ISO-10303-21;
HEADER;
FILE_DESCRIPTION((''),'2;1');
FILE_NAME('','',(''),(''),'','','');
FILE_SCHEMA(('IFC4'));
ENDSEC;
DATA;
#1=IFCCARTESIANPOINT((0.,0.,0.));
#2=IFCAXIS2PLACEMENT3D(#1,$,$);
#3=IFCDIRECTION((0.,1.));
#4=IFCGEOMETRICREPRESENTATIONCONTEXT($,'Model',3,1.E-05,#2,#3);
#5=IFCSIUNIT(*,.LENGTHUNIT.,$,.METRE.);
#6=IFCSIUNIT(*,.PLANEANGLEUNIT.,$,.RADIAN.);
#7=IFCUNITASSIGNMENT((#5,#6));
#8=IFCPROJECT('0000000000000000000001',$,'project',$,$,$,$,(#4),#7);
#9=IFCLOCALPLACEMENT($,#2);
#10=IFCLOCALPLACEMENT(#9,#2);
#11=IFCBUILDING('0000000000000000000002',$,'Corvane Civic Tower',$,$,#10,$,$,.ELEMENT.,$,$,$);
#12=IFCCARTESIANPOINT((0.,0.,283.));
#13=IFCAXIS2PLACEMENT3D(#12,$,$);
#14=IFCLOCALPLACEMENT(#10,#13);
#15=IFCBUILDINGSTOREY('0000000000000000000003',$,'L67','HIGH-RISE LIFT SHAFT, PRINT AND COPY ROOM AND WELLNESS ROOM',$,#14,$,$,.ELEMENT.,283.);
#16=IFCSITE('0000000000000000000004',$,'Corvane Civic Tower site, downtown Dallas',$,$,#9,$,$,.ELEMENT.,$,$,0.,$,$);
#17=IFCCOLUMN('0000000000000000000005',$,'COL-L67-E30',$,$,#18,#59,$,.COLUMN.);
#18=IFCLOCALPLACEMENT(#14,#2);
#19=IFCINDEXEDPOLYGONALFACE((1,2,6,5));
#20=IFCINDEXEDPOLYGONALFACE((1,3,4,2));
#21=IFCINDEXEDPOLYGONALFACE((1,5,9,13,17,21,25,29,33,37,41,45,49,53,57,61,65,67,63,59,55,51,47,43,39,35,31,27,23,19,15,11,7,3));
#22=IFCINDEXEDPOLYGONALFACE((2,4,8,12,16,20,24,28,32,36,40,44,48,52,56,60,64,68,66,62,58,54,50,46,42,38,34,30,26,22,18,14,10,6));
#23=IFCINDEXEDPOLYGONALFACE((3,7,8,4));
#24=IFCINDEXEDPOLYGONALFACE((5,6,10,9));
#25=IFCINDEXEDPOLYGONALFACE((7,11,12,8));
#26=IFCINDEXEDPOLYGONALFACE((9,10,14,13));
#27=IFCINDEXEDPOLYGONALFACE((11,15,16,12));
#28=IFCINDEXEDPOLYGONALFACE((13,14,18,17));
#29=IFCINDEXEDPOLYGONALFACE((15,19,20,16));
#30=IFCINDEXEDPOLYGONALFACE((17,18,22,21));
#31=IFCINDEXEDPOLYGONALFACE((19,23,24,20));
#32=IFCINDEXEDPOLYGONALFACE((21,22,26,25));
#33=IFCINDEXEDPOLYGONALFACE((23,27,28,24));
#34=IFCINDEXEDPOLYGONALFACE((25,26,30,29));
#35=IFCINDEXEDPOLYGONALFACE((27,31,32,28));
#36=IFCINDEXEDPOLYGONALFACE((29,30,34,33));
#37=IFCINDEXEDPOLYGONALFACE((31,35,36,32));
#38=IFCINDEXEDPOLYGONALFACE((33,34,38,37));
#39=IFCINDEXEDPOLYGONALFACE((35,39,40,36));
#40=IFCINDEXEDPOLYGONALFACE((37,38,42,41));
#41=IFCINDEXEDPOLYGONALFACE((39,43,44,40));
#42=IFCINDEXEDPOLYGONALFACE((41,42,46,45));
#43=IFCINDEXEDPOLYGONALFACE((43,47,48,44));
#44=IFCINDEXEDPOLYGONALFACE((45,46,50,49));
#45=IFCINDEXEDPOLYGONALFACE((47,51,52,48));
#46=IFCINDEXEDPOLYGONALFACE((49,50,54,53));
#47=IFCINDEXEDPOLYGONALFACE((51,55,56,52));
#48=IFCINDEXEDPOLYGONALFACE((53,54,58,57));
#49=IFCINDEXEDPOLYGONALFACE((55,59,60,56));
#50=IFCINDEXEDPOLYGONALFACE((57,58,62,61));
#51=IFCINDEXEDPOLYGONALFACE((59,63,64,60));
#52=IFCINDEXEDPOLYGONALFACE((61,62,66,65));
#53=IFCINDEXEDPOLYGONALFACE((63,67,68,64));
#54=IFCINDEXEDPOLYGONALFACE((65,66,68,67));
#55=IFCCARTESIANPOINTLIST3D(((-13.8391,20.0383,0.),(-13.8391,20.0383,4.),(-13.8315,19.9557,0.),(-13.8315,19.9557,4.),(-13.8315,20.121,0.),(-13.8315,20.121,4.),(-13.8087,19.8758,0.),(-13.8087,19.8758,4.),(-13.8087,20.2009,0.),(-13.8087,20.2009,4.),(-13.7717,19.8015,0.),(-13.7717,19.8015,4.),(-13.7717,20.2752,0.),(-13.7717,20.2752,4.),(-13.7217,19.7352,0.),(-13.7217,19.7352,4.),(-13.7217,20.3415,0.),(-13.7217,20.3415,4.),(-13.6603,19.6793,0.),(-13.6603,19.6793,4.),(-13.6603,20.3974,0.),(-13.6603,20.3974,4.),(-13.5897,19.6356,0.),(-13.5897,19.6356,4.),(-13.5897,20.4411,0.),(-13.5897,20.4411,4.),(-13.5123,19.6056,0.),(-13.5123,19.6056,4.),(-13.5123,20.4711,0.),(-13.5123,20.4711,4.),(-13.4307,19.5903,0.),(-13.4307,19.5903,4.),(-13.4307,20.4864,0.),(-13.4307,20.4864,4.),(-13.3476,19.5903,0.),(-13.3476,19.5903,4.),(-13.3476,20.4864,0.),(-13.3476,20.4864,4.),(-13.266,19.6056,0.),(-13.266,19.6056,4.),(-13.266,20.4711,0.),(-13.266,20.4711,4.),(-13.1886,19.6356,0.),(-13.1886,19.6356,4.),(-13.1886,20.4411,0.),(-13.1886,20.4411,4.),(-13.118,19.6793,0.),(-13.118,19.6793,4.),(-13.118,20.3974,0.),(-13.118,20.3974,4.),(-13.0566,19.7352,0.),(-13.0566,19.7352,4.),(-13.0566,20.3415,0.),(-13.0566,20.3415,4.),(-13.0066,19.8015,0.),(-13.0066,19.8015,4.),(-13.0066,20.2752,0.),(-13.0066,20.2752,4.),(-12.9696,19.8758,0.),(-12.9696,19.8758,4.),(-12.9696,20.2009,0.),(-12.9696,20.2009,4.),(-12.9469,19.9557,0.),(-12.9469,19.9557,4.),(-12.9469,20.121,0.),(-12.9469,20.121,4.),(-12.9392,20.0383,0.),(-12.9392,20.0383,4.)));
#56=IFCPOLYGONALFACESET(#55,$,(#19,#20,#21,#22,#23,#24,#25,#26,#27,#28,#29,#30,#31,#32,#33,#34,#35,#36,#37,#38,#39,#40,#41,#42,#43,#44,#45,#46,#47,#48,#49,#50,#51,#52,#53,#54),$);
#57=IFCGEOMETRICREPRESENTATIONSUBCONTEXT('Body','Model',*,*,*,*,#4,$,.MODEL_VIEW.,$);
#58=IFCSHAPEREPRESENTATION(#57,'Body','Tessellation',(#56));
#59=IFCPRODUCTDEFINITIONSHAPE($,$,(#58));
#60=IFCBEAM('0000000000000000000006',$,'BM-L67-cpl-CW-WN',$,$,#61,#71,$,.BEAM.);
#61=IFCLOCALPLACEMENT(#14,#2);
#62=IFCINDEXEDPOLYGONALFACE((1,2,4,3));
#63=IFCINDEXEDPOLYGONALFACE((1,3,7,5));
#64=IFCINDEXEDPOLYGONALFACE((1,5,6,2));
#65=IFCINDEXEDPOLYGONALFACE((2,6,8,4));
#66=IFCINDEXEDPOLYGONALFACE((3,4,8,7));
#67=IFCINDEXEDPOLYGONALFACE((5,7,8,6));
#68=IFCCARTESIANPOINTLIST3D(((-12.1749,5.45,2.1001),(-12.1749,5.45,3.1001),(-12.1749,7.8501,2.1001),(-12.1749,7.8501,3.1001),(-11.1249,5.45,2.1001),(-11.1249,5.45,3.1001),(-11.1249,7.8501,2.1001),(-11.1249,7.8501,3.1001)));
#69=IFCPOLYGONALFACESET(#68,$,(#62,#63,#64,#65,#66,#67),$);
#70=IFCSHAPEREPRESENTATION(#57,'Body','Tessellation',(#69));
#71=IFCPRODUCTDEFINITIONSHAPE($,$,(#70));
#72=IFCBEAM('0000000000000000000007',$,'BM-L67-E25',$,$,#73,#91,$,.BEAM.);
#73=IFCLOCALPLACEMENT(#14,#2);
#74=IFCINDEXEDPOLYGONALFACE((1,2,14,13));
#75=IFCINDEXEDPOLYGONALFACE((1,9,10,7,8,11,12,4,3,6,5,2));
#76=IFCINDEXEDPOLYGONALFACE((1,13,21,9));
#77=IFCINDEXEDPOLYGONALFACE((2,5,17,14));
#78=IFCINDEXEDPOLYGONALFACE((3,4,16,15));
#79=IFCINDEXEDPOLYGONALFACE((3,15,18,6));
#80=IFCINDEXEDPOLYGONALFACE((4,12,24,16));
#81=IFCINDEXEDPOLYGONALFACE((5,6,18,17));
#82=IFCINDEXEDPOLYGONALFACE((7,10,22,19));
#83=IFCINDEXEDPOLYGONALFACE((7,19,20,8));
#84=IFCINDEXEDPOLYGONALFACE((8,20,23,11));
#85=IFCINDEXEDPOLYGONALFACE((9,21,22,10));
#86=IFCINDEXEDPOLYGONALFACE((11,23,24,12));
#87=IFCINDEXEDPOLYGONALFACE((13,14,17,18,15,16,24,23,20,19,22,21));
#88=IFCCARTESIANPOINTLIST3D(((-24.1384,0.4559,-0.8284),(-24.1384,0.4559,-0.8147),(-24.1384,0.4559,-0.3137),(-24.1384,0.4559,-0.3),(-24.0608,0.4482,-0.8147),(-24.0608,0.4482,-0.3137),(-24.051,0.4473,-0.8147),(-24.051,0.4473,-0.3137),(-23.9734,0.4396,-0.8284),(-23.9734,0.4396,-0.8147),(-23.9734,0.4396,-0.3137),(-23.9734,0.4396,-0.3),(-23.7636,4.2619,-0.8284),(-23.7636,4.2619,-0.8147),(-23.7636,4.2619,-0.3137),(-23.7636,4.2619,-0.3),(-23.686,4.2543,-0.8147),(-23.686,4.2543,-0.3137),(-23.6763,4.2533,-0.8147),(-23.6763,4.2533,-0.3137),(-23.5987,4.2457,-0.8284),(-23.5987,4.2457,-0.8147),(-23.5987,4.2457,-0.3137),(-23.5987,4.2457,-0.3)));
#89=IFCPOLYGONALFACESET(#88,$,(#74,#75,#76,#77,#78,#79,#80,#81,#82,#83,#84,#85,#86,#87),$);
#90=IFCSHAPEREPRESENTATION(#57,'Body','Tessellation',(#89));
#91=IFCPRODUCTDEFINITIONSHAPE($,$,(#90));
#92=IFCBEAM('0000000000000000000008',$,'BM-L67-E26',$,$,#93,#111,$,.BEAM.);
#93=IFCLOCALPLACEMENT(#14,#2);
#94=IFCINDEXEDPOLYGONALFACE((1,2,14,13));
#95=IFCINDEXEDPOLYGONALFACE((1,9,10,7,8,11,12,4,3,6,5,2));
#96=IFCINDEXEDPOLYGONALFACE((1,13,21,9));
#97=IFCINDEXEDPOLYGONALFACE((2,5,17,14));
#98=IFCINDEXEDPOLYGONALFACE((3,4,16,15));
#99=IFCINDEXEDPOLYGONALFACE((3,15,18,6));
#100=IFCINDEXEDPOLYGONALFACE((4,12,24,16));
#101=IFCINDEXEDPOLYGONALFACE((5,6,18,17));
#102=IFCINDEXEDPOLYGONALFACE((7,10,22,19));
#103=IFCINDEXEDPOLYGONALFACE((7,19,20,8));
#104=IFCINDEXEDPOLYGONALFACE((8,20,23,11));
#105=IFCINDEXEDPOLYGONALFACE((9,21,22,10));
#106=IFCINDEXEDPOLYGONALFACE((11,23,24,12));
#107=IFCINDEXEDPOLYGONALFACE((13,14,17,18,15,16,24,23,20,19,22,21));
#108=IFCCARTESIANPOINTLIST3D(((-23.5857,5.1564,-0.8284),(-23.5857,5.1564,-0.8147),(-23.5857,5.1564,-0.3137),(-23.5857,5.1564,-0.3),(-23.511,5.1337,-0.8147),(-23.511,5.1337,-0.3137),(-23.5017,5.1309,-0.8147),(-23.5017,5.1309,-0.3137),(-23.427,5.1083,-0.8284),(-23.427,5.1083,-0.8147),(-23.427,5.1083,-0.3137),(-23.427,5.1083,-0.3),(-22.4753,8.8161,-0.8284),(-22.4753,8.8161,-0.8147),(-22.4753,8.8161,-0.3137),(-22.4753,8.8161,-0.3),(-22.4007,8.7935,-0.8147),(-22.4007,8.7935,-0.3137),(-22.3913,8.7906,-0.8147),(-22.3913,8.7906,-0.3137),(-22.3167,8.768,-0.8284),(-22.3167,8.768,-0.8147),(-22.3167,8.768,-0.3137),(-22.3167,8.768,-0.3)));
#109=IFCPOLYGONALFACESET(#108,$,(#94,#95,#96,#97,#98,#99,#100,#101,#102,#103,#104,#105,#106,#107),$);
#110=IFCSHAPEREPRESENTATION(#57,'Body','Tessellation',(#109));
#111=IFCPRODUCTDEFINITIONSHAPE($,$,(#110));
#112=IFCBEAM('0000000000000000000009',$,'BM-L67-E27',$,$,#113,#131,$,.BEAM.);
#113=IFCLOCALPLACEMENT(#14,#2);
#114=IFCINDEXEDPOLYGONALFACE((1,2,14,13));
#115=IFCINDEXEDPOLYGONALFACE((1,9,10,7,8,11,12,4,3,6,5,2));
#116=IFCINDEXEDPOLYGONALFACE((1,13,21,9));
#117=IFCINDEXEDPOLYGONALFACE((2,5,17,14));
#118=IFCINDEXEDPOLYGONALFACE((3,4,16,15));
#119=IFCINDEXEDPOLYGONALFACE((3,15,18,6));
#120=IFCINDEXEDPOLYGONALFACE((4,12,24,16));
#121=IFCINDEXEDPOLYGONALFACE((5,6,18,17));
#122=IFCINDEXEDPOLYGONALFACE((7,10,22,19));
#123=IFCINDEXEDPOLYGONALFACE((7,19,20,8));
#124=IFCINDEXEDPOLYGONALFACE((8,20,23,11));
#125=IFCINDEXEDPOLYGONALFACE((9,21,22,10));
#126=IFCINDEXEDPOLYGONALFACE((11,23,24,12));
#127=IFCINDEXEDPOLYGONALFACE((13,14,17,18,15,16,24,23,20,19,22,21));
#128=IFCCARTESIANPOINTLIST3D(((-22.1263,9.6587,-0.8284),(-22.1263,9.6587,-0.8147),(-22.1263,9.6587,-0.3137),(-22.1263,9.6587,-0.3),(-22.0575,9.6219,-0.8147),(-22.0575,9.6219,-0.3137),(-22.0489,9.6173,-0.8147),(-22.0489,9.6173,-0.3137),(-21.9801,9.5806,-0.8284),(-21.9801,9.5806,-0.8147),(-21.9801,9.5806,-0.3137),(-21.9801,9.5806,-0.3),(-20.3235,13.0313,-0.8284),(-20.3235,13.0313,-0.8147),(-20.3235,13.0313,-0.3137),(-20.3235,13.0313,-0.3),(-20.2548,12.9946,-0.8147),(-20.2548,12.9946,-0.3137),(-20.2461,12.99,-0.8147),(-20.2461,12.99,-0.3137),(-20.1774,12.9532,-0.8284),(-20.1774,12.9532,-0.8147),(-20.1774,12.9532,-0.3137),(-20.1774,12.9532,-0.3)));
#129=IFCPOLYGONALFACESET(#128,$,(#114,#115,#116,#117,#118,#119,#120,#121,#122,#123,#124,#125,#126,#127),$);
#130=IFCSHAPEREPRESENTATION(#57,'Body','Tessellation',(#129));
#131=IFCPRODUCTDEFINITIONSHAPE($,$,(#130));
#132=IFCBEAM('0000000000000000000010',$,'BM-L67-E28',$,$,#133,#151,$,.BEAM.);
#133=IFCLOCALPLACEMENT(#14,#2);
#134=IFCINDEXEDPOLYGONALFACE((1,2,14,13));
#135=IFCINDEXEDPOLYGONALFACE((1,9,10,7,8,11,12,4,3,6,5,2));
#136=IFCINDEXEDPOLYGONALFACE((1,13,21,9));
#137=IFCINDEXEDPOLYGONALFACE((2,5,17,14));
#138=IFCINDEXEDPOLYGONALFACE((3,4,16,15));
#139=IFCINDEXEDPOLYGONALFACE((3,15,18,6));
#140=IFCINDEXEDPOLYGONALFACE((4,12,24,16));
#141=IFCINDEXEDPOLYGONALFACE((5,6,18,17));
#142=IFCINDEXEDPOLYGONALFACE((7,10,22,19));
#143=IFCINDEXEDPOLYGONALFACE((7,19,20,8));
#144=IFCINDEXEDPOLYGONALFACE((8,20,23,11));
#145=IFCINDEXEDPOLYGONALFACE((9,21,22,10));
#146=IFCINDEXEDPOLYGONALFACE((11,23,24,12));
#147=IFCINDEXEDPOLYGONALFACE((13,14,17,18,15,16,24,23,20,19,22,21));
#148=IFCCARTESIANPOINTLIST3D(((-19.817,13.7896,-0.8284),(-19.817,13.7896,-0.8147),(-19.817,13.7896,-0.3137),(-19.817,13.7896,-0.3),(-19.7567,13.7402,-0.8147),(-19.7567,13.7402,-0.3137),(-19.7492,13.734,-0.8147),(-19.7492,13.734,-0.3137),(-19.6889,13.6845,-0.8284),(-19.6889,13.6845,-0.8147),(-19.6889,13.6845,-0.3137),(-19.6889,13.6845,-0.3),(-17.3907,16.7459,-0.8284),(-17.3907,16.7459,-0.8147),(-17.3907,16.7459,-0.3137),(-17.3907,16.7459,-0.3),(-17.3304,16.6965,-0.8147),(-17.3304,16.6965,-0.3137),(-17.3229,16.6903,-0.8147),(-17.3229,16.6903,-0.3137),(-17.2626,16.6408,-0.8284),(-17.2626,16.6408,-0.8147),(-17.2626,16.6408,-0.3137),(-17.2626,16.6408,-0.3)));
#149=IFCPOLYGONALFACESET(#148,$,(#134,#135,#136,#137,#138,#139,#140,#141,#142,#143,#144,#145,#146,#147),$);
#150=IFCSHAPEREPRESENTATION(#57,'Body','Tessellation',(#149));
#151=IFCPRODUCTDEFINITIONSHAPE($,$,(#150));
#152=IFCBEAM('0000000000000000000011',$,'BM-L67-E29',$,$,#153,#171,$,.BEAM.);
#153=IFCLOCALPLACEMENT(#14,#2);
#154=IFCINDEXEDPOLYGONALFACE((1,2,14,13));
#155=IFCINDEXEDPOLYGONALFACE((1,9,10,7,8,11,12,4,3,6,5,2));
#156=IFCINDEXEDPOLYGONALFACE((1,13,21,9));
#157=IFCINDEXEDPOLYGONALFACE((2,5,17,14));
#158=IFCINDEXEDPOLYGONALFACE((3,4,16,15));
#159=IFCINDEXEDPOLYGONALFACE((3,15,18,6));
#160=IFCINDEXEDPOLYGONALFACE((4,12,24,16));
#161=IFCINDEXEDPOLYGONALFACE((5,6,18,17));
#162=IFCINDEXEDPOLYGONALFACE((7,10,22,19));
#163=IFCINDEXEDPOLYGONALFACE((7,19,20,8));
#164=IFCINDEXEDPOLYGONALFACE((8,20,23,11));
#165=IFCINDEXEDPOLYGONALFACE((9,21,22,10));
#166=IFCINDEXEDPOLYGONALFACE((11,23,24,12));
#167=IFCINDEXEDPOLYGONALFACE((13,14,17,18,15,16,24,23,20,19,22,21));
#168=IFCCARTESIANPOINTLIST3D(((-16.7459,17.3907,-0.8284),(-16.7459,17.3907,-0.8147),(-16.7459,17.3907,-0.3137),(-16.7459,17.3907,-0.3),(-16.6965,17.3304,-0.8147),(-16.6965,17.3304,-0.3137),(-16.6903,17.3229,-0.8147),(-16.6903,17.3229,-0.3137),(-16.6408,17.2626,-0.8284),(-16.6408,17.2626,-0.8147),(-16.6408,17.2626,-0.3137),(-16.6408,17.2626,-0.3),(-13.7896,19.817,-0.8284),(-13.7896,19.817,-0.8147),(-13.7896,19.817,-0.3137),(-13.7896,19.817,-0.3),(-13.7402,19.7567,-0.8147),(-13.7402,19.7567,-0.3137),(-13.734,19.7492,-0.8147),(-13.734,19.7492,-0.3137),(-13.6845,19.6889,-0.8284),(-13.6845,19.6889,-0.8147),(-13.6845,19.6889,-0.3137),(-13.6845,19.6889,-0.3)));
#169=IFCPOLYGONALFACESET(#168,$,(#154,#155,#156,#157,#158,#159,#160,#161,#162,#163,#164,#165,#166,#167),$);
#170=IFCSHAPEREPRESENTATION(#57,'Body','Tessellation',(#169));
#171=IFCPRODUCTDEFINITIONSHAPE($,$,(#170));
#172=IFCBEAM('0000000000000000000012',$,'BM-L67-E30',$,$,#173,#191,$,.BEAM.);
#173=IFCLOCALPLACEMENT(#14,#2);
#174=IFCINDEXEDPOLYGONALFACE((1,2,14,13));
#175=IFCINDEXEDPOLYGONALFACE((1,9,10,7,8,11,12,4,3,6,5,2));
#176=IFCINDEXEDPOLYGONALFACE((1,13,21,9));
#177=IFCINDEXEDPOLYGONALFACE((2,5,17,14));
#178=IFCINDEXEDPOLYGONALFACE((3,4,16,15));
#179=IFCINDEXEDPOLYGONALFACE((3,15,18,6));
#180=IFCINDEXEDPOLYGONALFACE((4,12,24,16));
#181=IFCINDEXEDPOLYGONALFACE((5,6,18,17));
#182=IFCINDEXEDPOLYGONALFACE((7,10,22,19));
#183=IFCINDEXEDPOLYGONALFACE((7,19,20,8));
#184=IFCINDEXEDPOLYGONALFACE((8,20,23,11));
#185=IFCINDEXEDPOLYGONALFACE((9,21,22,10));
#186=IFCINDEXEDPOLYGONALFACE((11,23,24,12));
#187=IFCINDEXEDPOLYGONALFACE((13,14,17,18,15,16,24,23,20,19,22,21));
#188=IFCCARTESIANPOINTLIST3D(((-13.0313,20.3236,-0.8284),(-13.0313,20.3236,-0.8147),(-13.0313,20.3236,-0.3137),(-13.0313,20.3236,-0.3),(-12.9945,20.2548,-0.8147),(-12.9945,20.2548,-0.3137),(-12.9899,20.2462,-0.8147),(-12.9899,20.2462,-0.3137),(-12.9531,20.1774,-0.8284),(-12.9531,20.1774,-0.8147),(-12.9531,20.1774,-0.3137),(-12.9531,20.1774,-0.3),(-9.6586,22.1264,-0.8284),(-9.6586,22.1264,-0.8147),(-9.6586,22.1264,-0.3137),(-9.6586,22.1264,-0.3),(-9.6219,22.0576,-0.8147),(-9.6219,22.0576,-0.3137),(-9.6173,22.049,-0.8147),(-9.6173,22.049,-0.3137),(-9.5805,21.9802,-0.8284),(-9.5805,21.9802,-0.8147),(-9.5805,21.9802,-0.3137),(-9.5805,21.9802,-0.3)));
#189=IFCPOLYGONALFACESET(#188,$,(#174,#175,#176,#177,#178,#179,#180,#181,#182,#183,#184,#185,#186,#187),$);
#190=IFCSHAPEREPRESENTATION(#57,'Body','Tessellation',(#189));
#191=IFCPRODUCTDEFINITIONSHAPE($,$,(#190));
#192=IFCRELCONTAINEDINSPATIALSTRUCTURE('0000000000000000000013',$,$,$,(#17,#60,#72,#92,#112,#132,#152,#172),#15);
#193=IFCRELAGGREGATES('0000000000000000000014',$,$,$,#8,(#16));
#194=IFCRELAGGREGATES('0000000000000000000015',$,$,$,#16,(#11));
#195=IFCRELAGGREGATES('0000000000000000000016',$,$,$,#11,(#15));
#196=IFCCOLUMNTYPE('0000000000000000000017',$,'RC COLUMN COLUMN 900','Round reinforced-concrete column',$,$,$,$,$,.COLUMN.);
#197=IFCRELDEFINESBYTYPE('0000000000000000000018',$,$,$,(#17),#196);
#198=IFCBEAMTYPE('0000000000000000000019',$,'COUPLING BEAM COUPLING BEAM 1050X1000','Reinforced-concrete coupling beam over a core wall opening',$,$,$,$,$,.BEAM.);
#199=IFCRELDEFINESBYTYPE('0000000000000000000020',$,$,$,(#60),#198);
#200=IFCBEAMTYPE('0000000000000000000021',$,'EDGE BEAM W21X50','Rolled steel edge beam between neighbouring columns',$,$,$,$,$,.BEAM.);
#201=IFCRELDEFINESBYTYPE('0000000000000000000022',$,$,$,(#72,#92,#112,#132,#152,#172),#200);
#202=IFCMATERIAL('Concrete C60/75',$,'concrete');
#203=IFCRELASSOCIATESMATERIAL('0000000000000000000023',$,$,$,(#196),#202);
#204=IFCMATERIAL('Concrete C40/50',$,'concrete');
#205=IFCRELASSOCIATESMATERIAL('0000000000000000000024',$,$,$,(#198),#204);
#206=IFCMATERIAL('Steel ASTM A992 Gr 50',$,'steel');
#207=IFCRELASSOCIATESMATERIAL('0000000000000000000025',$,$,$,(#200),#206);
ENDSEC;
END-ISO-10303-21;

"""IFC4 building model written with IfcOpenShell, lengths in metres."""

from ifc_helpers import new_model, si_unit, direction, frame, origin, origin_2d, place, context, subcontext, project, spatial, rectangle, circle, i_section, extrude, material, material_profile, profile_set, type_object, element, save


model = new_model("IFC4")

# Units and contexts
model_context = context("Model", 3, precision=1e-05, world=origin(), true_north=direction((0.0, 1.0)))
body_context = subcontext(model_context, "Body", "Model", "MODEL_VIEW")
ifc_project = project(units=[si_unit("LENGTHUNIT", "METRE"), si_unit("PLANEANGLEUNIT", "RADIAN")], contexts=[model_context])

# Site, building, storey
site_placement = place(None, origin())
site = spatial("IfcSite", under=ifc_project, at=site_placement, Name="Corvane Civic Tower site, downtown Dallas", CompositionType="ELEMENT", RefElevation=0.0)
building_placement = place(site_placement, origin())
building = spatial("IfcBuilding", under=site, at=building_placement, Name="Corvane Civic Tower", CompositionType="ELEMENT")
storey_placement = place(building_placement, frame((0.0, 0.0, 283.0)))
storey = spatial("IfcBuildingStorey", under=building, at=storey_placement, Name="L67", Description="HIGH-RISE LIFT SHAFT, PRINT AND COPY ROOM AND WELLNESS ROOM", CompositionType="ELEMENT", Elevation=283.0)

# Column
ifc_material_1 = material(Name="Concrete C60/75", Category="concrete")
ifc_material_profile_1 = material_profile(ifc_material_1, circle(Radius=0.45, at=origin_2d()), Name="COLUMN 900")
ifc_profile_set_1 = profile_set([ifc_material_profile_1], Name="Concrete C60/75")
column_type = type_object("IfcColumnType", Name="RC COLUMN COLUMN 900", Description="Round reinforced-concrete column", PredefinedType="COLUMN", material=ifc_profile_set_1)
for number, where, z_axis, x_axis, name in (
    (1, (-13.3892, 20.0383, 0.0), (0.0, 0.0, 1.0), (1.0, 0.0, 0.0), "COL-L67-E30"),
):
    element("IfcColumn", number, at=place(storey_placement, frame(where, z_axis=z_axis, x_axis=x_axis)), inside=storey, type_object=column_type, Name=name, PredefinedType="COLUMN", context=body_context, shape_type="SweptSolid", body=[
        extrude(circle(Radius=0.45, at=origin_2d()), origin(), (0.0, 0.0, 1.0), 4.0),
    ])

# Beams
ifc_material_2 = material(Name="Concrete C40/50", Category="concrete")
ifc_material_profile_2 = material_profile(ifc_material_2, rectangle(XDim=1.05, YDim=1.0, at=origin_2d()), Name="COUPLING BEAM 1050X1000")
ifc_profile_set_2 = profile_set([ifc_material_profile_2], Name="Concrete C40/50")
beam_type_1 = type_object("IfcBeamType", Name="COUPLING BEAM COUPLING BEAM 1050X1000", Description="Reinforced-concrete coupling beam over a core wall opening", PredefinedType="BEAM", material=ifc_profile_set_2)
beam_1_placement = place(storey_placement, frame((-11.6499, 5.45, 2.6001), z_axis=(0.0, 1.0, 0.0), x_axis=(-1.0, 0.0, 0.0)))
element("IfcBeam", 2, at=beam_1_placement, inside=storey, type_object=beam_type_1, Name="BM-L67-cpl-CW-WN", PredefinedType="BEAM", context=body_context, shape_type="SweptSolid", body=[
    extrude(rectangle(XDim=1.05, YDim=1.0, at=origin_2d()), origin(), (0.0, 0.0, 1.0), 2.4001),
])
ifc_material_3 = material(Name="Steel ASTM A992 Gr 50", Category="steel")
ifc_material_profile_3 = material_profile(ifc_material_3, i_section(OverallWidth=0.1658, OverallDepth=0.5283, WebThickness=0.0098, FlangeThickness=0.0137, at=origin_2d()), Name="W21X50")
ifc_profile_set_3 = profile_set([ifc_material_profile_3], Name="Steel ASTM A992 Gr 50")
beam_type_2 = type_object("IfcBeamType", Name="EDGE BEAM W21X50", Description="Rolled steel edge beam between neighbouring columns", PredefinedType="BEAM", material=ifc_profile_set_3)
for number, where, z_axis, x_axis, name in (
    (3, (-24.0559, 0.4478, -0.5642), (0.097987, 0.995188, 0.0), (-0.995188, 0.097987, 0.0), "BM-L67-E25"),
    (4, (-23.5063, 5.1323, -0.5642), (0.290333, 0.956926, 0.0), (-0.956926, 0.290333, 0.0), "BM-L67-E26"),
):
    element("IfcBeam", number, at=place(storey_placement, frame(where, z_axis=z_axis, x_axis=x_axis)), inside=storey, type_object=beam_type_2, Name=name, PredefinedType="BEAM", context=body_context, shape_type="SweptSolid", body=[
        extrude(i_section(OverallWidth=0.1658, OverallDepth=0.5283, WebThickness=0.0098, FlangeThickness=0.0137, at=origin_2d()), origin(), (0.0, 0.0, 1.0), 3.8245),
    ])
beam_2_placement = place(storey_placement, frame((-22.0532, 9.6196, -0.5642), z_axis=(0.47141, 0.881914, 0.0), x_axis=(-0.881914, 0.47141, 0.0)))
element("IfcBeam", 5, at=beam_2_placement, inside=storey, type_object=beam_type_2, Name="BM-L67-E27", PredefinedType="BEAM", context=body_context, shape_type="SweptSolid", body=[
    extrude(i_section(OverallWidth=0.1658, OverallDepth=0.5283, WebThickness=0.0098, FlangeThickness=0.0137, at=origin_2d()), origin(), (0.0, 0.0, 1.0), 3.8242),
])
for number, where, z_axis, x_axis, name in (
    (6, (-19.7529, 13.7371, -0.5642), (0.634409, 0.772998, 0.0), (-0.772998, 0.634409, 0.0), "BM-L67-E28"),
    (7, (-16.6934, 17.3267, -0.5642), (0.772998, 0.634409, 0.0), (-0.634409, 0.772998, 0.0), "BM-L67-E29"),
):
    element("IfcBeam", number, at=place(storey_placement, frame(where, z_axis=z_axis, x_axis=x_axis)), inside=storey, type_object=beam_type_2, Name=name, PredefinedType="BEAM", context=body_context, shape_type="SweptSolid", body=[
        extrude(i_section(OverallWidth=0.1658, OverallDepth=0.5283, WebThickness=0.0098, FlangeThickness=0.0137, at=origin_2d()), origin(), (0.0, 0.0, 1.0), 3.8245),
    ])
beam_3_placement = place(storey_placement, frame((-12.9922, 20.2505, -0.5642), z_axis=(0.881914, 0.47141, 0.0), x_axis=(-0.47141, 0.881914, 0.0)))
element("IfcBeam", 8, at=beam_3_placement, inside=storey, type_object=beam_type_2, Name="BM-L67-E30", PredefinedType="BEAM", context=body_context, shape_type="SweptSolid", body=[
    extrude(i_section(OverallWidth=0.1658, OverallDepth=0.5283, WebThickness=0.0098, FlangeThickness=0.0137, at=origin_2d()), origin(), (0.0, 0.0, 1.0), 3.8242),
])

save(model, "model.ifc")
